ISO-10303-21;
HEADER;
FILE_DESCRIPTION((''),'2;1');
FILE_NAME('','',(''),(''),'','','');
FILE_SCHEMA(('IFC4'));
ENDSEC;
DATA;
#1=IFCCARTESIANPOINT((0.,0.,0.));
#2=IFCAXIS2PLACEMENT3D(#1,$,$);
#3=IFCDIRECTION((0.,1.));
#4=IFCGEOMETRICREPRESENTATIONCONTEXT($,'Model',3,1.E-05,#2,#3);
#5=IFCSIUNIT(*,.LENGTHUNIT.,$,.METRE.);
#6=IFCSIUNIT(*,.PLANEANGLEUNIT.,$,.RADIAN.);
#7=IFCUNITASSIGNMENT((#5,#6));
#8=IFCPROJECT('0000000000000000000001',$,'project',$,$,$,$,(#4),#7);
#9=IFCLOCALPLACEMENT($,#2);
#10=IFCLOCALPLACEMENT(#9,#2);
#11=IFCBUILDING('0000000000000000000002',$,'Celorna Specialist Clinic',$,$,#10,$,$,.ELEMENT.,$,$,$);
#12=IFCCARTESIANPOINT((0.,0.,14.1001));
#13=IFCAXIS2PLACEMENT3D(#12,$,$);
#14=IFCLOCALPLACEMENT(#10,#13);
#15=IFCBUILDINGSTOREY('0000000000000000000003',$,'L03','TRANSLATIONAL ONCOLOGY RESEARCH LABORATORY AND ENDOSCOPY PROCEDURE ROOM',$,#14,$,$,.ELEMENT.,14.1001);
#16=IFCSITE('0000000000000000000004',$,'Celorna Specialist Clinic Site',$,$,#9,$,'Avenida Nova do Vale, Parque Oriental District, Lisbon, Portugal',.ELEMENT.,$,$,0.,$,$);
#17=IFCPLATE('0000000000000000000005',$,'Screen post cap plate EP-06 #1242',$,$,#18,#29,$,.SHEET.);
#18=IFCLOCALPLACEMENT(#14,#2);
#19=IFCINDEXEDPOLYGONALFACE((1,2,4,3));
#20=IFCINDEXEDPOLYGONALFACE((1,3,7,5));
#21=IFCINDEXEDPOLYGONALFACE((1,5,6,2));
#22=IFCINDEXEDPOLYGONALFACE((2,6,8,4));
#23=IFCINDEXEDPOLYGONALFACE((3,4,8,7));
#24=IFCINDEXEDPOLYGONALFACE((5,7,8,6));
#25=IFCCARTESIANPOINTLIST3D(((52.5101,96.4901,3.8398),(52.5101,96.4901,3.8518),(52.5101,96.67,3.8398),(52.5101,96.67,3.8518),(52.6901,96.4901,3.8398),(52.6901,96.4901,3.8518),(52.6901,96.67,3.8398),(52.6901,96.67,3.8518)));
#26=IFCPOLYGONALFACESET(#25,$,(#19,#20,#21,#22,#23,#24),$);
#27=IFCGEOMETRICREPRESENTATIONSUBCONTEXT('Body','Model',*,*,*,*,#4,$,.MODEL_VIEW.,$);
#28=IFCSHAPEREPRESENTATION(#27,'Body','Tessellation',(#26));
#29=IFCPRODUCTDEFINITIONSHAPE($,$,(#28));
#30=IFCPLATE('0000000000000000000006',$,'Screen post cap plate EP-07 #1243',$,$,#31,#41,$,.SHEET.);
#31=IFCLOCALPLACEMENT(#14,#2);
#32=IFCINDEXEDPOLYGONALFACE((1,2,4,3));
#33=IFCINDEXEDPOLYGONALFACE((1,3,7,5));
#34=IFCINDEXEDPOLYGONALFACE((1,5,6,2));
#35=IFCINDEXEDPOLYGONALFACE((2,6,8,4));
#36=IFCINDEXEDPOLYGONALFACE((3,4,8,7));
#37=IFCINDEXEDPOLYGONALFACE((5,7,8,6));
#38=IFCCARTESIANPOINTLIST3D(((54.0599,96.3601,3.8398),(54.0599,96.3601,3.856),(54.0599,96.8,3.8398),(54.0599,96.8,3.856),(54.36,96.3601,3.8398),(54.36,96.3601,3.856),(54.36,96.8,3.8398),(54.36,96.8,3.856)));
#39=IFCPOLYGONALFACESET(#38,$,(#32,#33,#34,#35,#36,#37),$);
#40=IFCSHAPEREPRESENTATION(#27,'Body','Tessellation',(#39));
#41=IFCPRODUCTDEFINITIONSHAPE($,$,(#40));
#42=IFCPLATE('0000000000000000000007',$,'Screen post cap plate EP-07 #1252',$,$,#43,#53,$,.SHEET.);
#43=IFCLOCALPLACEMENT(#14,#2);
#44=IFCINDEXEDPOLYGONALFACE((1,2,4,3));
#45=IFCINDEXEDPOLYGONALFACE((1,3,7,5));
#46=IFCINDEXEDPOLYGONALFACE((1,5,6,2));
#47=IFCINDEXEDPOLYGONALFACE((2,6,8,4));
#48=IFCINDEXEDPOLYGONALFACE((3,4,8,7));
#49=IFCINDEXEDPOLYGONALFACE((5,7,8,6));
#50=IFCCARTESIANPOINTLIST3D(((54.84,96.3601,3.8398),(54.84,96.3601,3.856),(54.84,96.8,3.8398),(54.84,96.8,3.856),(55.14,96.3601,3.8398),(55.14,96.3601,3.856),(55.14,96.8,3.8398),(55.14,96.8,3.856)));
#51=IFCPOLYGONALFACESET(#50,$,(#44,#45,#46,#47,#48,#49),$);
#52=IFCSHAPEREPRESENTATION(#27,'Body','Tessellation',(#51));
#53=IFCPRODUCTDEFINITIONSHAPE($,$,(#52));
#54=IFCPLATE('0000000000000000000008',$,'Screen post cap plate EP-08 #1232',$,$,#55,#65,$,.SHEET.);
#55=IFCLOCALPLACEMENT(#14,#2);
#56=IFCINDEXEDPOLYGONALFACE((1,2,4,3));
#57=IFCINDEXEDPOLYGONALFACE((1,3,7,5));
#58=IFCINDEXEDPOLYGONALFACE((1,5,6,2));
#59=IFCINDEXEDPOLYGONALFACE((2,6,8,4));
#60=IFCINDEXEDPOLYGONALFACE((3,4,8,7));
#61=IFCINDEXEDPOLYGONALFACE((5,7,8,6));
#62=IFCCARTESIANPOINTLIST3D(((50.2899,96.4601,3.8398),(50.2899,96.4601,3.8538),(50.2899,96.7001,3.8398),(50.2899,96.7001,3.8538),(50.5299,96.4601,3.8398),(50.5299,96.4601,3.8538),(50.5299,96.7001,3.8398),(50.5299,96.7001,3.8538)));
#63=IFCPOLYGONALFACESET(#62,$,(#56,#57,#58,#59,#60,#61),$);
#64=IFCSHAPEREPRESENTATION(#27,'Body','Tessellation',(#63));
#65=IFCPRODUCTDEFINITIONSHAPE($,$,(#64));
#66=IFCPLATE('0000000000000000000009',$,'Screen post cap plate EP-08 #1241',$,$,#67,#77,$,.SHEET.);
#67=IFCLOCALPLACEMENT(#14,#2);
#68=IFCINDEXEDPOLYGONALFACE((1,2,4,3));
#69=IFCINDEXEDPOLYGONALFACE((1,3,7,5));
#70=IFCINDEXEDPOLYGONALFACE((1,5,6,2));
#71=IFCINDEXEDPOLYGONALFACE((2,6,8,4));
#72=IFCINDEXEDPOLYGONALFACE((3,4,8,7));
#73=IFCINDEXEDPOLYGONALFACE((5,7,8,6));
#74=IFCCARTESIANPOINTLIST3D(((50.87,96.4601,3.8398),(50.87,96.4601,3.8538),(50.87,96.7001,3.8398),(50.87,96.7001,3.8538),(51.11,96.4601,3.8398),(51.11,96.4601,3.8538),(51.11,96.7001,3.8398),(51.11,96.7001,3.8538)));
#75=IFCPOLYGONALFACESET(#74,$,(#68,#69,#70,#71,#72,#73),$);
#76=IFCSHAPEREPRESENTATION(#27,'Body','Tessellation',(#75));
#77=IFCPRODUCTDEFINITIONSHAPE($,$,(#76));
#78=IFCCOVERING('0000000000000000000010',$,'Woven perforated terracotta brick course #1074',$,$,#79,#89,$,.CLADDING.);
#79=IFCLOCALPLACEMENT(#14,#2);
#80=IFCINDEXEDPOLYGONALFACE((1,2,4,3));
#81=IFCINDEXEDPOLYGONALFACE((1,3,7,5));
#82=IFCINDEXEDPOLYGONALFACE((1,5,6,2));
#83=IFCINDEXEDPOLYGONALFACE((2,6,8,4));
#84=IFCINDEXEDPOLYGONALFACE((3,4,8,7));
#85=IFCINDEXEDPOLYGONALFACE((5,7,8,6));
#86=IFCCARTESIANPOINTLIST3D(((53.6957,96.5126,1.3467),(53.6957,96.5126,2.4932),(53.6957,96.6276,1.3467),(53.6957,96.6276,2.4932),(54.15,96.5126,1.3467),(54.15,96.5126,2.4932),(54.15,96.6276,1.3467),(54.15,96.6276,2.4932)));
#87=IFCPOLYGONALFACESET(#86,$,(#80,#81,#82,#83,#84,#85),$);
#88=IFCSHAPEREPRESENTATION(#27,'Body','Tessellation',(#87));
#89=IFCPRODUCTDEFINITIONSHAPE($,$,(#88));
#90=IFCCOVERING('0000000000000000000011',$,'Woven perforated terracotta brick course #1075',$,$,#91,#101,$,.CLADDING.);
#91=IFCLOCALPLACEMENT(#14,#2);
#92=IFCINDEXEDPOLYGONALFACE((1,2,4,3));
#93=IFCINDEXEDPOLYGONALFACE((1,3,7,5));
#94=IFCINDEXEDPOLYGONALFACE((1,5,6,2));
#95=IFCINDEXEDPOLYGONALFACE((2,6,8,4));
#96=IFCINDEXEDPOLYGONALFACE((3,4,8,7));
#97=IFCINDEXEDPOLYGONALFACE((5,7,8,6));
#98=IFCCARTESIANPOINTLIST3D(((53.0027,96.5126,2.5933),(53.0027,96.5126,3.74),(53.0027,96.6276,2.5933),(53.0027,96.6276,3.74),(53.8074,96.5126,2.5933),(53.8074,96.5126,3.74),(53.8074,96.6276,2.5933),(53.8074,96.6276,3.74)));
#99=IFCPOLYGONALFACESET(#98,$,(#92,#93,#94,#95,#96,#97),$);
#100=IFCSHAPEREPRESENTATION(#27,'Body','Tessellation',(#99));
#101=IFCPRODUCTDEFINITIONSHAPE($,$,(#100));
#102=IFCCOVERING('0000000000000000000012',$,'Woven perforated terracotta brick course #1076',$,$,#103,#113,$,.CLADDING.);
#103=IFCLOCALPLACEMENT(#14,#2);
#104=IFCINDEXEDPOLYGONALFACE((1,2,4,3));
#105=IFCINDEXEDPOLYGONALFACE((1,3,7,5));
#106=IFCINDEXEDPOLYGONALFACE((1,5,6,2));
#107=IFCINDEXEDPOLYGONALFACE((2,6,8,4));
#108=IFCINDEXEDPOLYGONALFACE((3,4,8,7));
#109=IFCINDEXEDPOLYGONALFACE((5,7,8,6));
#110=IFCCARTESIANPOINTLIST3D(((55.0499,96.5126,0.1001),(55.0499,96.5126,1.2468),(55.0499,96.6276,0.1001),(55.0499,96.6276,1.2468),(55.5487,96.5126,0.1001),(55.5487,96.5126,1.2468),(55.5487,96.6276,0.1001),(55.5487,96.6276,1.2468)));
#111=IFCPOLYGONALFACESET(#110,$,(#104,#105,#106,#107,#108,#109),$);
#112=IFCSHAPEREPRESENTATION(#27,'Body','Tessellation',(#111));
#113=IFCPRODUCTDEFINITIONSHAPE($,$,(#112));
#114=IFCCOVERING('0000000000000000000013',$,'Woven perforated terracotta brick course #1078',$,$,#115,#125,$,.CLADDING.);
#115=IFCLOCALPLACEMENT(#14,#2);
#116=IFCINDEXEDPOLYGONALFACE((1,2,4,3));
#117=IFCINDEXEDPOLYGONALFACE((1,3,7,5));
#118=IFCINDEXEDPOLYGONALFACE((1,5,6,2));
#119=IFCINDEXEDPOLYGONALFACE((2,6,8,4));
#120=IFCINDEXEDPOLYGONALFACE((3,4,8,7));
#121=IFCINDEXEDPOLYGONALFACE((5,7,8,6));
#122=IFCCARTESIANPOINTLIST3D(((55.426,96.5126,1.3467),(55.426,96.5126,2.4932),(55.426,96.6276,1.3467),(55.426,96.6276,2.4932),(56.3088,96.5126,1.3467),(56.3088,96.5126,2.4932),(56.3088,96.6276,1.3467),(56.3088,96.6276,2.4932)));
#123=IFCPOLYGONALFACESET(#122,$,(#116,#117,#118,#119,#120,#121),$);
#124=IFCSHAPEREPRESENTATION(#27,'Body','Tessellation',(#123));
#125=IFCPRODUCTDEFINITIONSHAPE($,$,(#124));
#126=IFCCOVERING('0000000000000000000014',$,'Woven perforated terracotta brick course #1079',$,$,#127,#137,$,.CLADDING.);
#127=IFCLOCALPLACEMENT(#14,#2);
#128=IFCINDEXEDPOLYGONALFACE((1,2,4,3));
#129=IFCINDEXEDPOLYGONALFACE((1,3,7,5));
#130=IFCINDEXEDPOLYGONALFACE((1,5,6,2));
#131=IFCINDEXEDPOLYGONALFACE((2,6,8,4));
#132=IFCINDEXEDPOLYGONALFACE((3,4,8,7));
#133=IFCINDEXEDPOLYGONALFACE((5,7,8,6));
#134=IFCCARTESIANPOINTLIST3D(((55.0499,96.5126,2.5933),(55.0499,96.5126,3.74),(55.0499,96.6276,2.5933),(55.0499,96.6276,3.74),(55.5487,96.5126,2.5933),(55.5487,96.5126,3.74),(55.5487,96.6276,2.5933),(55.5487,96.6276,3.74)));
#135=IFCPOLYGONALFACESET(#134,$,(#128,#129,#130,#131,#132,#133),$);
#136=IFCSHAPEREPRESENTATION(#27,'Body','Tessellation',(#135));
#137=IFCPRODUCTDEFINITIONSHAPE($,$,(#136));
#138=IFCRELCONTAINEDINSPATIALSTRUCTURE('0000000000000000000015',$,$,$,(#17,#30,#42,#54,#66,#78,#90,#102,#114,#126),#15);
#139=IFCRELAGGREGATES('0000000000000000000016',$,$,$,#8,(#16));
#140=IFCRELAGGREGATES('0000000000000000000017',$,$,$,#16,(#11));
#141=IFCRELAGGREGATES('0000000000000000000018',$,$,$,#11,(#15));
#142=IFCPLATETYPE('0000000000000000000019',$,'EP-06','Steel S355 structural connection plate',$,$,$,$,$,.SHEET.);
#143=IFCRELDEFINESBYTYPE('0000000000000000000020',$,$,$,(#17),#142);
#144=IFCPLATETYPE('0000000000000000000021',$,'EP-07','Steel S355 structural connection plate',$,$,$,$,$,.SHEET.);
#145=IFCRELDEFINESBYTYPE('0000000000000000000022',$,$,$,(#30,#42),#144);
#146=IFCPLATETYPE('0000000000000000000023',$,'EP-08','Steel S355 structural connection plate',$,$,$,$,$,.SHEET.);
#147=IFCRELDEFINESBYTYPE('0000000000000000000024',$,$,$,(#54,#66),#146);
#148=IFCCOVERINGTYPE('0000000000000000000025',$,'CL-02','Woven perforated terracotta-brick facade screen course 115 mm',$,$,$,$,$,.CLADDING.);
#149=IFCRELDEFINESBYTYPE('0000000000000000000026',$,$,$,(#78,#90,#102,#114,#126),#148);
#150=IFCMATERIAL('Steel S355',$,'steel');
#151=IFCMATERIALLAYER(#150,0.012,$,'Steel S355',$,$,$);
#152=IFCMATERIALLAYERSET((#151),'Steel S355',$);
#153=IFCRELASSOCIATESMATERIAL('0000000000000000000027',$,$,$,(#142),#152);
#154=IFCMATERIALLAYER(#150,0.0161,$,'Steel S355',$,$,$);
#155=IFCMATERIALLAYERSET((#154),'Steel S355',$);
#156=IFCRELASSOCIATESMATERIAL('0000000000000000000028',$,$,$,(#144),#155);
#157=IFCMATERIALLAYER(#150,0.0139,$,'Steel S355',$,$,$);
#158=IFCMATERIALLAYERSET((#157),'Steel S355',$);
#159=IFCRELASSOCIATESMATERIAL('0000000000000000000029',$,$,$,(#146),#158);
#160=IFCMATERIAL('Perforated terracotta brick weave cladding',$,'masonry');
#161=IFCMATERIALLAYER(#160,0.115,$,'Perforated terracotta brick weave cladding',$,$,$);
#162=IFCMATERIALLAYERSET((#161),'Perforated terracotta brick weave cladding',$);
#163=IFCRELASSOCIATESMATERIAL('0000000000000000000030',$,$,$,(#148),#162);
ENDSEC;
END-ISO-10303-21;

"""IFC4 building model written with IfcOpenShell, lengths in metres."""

from ifc_helpers import new_model, si_unit, direction, frame, origin, origin_2d, place, context, subcontext, project, spatial, rectangle, extrude, material, layer, layer_set, type_object, element, save


model = new_model("IFC4")

# Units and contexts
model_context = context("Model", 3, precision=1e-05, world=origin(), true_north=direction((0.0, 1.0)))
body_context = subcontext(model_context, "Body", "Model", "MODEL_VIEW")
ifc_project = project(units=[si_unit("LENGTHUNIT", "METRE"), si_unit("PLANEANGLEUNIT", "RADIAN")], contexts=[model_context])

# Site, building, storey
site_placement = place(None, origin())
site = spatial("IfcSite", under=ifc_project, at=site_placement, Name="Celorna Specialist Clinic Site", LongName="Avenida Nova do Vale, Parque Oriental District, Lisbon, Portugal", CompositionType="ELEMENT", RefElevation=0.0)
building_placement = place(site_placement, origin())
building = spatial("IfcBuilding", under=site, at=building_placement, Name="Celorna Specialist Clinic", CompositionType="ELEMENT")
storey_placement = place(building_placement, frame((0.0, 0.0, 14.1001)))
storey = spatial("IfcBuildingStorey", under=building, at=storey_placement, Name="L03", Description="TRANSLATIONAL ONCOLOGY RESEARCH LABORATORY AND ENDOSCOPY PROCEDURE ROOM", CompositionType="ELEMENT", Elevation=14.1001)

# Shared definitions
ifc_material_1 = material(Name="Steel S355", Category="steel")

# Plates
ifc_layer_1 = layer(ifc_material_1, 0.012, Name="Steel S355")
ifc_layer_set_1 = layer_set([ifc_layer_1], Name="Steel S355")
plate_type_1 = type_object("IfcPlateType", Name="EP-06", Description="Steel S355 structural connection plate", PredefinedType="SHEET", material=ifc_layer_set_1)
plate_placement = place(storey_placement, frame((52.6001, 96.5801, 3.8398), z_axis=(0.0, 0.0, 1.0), x_axis=(1.0, 0.0, 0.0)))
element("IfcPlate", 1, at=plate_placement, inside=storey, type_object=plate_type_1, Name="Screen post cap plate EP-06 #1242", PredefinedType="SHEET", context=body_context, shape_type="SweptSolid", body=[
    extrude(rectangle(XDim=0.1799, YDim=0.1799, at=origin_2d()), origin(), (0.0, 0.0, 1.0), 0.012),
])
ifc_layer_2 = layer(ifc_material_1, 0.0161, Name="Steel S355")
ifc_layer_set_2 = layer_set([ifc_layer_2], Name="Steel S355")
plate_type_2 = type_object("IfcPlateType", Name="EP-07", Description="Steel S355 structural connection plate", PredefinedType="SHEET", material=ifc_layer_set_2)
for number, where, z_axis, x_axis, name in (
    (2, (54.21, 96.5801, 3.8398), (0.0, 0.0, 1.0), (1.0, 0.0, 0.0), "Screen post cap plate EP-07 #1243"),
    (3, (54.99, 96.5801, 3.8398), (0.0, 0.0, 1.0), (1.0, 0.0, 0.0), "Screen post cap plate EP-07 #1252"),
):
    element("IfcPlate", number, at=place(storey_placement, frame(where, z_axis=z_axis, x_axis=x_axis)), inside=storey, type_object=plate_type_2, Name=name, PredefinedType="SHEET", context=body_context, shape_type="SweptSolid", body=[
        extrude(rectangle(XDim=0.3, YDim=0.4399, at=origin_2d()), origin(), (0.0, 0.0, 1.0), 0.0161),
    ])
ifc_layer_3 = layer(ifc_material_1, 0.0139, Name="Steel S355")
ifc_layer_set_3 = layer_set([ifc_layer_3], Name="Steel S355")
plate_type_3 = type_object("IfcPlateType", Name="EP-08", Description="Steel S355 structural connection plate", PredefinedType="SHEET", material=ifc_layer_set_3)
for number, where, z_axis, x_axis, name in (
    (4, (50.4099, 96.5801, 3.8398), (0.0, 0.0, 1.0), (1.0, 0.0, 0.0), "Screen post cap plate EP-08 #1232"),
    (5, (50.99, 96.5801, 3.8398), (0.0, 0.0, 1.0), (1.0, 0.0, 0.0), "Screen post cap plate EP-08 #1241"),
):
    element("IfcPlate", number, at=place(storey_placement, frame(where, z_axis=z_axis, x_axis=x_axis)), inside=storey, type_object=plate_type_3, Name=name, PredefinedType="SHEET", context=body_context, shape_type="SweptSolid", body=[
        extrude(rectangle(XDim=0.24, YDim=0.24, at=origin_2d()), origin(), (0.0, 0.0, 1.0), 0.0139),
    ])

# Coverings
ifc_material_2 = material(Name="Perforated terracotta brick weave cladding", Category="masonry")
ifc_layer_4 = layer(ifc_material_2, 0.115, Name="Perforated terracotta brick weave cladding")
ifc_layer_set_4 = layer_set([ifc_layer_4], Name="Perforated terracotta brick weave cladding")
covering_type = type_object("IfcCoveringType", Name="CL-02", Description="Woven perforated terracotta-brick facade screen course 115 mm", PredefinedType="CLADDING", material=ifc_layer_set_4)
covering_1_placement = place(storey_placement, frame((53.9229, 96.5701, 1.3467), z_axis=(0.0, 0.0, 1.0), x_axis=(1.0, 0.0, 0.0)))
element("IfcCovering", 6, at=covering_1_placement, inside=storey, type_object=covering_type, Name="Woven perforated terracotta brick course #1074", PredefinedType="CLADDING", context=body_context, shape_type="SweptSolid", body=[
    extrude(rectangle(XDim=0.4543, YDim=0.115, at=origin_2d()), origin(), (0.0, 0.0, 1.0), 1.1465),
])
covering_2_placement = place(storey_placement, frame((53.405, 96.5701, 2.5933), z_axis=(0.0, 0.0, 1.0), x_axis=(1.0, 0.0, 0.0)))
element("IfcCovering", 7, at=covering_2_placement, inside=storey, type_object=covering_type, Name="Woven perforated terracotta brick course #1075", PredefinedType="CLADDING", context=body_context, shape_type="SweptSolid", body=[
    extrude(rectangle(XDim=0.8047, YDim=0.115, at=origin_2d()), origin(), (0.0, 0.0, 1.0), 1.1467),
])
covering_3_placement = place(storey_placement, frame((55.2993, 96.5701, 0.1001), z_axis=(0.0, 0.0, 1.0), x_axis=(1.0, 0.0, 0.0)))
element("IfcCovering", 8, at=covering_3_placement, inside=storey, type_object=covering_type, Name="Woven perforated terracotta brick course #1076", PredefinedType="CLADDING", context=body_context, shape_type="SweptSolid", body=[
    extrude(rectangle(XDim=0.4988, YDim=0.115, at=origin_2d()), origin(), (0.0, 0.0, 1.0), 1.1467),
])
covering_4_placement = place(storey_placement, frame((55.8674, 96.5701, 1.3467), z_axis=(0.0, 0.0, 1.0), x_axis=(1.0, 0.0, 0.0)))
element("IfcCovering", 9, at=covering_4_placement, inside=storey, type_object=covering_type, Name="Woven perforated terracotta brick course #1078", PredefinedType="CLADDING", context=body_context, shape_type="SweptSolid", body=[
    extrude(rectangle(XDim=0.8828, YDim=0.115, at=origin_2d()), origin(), (0.0, 0.0, 1.0), 1.1465),
])
covering_5_placement = place(storey_placement, frame((55.2993, 96.5701, 2.5933), z_axis=(0.0, 0.0, 1.0), x_axis=(1.0, 0.0, 0.0)))
element("IfcCovering", 10, at=covering_5_placement, inside=storey, type_object=covering_type, Name="Woven perforated terracotta brick course #1079", PredefinedType="CLADDING", context=body_context, shape_type="SweptSolid", body=[
    extrude(rectangle(XDim=0.4988, YDim=0.115, at=origin_2d()), origin(), (0.0, 0.0, 1.0), 1.1467),
])

save(model, "model.ifc")
